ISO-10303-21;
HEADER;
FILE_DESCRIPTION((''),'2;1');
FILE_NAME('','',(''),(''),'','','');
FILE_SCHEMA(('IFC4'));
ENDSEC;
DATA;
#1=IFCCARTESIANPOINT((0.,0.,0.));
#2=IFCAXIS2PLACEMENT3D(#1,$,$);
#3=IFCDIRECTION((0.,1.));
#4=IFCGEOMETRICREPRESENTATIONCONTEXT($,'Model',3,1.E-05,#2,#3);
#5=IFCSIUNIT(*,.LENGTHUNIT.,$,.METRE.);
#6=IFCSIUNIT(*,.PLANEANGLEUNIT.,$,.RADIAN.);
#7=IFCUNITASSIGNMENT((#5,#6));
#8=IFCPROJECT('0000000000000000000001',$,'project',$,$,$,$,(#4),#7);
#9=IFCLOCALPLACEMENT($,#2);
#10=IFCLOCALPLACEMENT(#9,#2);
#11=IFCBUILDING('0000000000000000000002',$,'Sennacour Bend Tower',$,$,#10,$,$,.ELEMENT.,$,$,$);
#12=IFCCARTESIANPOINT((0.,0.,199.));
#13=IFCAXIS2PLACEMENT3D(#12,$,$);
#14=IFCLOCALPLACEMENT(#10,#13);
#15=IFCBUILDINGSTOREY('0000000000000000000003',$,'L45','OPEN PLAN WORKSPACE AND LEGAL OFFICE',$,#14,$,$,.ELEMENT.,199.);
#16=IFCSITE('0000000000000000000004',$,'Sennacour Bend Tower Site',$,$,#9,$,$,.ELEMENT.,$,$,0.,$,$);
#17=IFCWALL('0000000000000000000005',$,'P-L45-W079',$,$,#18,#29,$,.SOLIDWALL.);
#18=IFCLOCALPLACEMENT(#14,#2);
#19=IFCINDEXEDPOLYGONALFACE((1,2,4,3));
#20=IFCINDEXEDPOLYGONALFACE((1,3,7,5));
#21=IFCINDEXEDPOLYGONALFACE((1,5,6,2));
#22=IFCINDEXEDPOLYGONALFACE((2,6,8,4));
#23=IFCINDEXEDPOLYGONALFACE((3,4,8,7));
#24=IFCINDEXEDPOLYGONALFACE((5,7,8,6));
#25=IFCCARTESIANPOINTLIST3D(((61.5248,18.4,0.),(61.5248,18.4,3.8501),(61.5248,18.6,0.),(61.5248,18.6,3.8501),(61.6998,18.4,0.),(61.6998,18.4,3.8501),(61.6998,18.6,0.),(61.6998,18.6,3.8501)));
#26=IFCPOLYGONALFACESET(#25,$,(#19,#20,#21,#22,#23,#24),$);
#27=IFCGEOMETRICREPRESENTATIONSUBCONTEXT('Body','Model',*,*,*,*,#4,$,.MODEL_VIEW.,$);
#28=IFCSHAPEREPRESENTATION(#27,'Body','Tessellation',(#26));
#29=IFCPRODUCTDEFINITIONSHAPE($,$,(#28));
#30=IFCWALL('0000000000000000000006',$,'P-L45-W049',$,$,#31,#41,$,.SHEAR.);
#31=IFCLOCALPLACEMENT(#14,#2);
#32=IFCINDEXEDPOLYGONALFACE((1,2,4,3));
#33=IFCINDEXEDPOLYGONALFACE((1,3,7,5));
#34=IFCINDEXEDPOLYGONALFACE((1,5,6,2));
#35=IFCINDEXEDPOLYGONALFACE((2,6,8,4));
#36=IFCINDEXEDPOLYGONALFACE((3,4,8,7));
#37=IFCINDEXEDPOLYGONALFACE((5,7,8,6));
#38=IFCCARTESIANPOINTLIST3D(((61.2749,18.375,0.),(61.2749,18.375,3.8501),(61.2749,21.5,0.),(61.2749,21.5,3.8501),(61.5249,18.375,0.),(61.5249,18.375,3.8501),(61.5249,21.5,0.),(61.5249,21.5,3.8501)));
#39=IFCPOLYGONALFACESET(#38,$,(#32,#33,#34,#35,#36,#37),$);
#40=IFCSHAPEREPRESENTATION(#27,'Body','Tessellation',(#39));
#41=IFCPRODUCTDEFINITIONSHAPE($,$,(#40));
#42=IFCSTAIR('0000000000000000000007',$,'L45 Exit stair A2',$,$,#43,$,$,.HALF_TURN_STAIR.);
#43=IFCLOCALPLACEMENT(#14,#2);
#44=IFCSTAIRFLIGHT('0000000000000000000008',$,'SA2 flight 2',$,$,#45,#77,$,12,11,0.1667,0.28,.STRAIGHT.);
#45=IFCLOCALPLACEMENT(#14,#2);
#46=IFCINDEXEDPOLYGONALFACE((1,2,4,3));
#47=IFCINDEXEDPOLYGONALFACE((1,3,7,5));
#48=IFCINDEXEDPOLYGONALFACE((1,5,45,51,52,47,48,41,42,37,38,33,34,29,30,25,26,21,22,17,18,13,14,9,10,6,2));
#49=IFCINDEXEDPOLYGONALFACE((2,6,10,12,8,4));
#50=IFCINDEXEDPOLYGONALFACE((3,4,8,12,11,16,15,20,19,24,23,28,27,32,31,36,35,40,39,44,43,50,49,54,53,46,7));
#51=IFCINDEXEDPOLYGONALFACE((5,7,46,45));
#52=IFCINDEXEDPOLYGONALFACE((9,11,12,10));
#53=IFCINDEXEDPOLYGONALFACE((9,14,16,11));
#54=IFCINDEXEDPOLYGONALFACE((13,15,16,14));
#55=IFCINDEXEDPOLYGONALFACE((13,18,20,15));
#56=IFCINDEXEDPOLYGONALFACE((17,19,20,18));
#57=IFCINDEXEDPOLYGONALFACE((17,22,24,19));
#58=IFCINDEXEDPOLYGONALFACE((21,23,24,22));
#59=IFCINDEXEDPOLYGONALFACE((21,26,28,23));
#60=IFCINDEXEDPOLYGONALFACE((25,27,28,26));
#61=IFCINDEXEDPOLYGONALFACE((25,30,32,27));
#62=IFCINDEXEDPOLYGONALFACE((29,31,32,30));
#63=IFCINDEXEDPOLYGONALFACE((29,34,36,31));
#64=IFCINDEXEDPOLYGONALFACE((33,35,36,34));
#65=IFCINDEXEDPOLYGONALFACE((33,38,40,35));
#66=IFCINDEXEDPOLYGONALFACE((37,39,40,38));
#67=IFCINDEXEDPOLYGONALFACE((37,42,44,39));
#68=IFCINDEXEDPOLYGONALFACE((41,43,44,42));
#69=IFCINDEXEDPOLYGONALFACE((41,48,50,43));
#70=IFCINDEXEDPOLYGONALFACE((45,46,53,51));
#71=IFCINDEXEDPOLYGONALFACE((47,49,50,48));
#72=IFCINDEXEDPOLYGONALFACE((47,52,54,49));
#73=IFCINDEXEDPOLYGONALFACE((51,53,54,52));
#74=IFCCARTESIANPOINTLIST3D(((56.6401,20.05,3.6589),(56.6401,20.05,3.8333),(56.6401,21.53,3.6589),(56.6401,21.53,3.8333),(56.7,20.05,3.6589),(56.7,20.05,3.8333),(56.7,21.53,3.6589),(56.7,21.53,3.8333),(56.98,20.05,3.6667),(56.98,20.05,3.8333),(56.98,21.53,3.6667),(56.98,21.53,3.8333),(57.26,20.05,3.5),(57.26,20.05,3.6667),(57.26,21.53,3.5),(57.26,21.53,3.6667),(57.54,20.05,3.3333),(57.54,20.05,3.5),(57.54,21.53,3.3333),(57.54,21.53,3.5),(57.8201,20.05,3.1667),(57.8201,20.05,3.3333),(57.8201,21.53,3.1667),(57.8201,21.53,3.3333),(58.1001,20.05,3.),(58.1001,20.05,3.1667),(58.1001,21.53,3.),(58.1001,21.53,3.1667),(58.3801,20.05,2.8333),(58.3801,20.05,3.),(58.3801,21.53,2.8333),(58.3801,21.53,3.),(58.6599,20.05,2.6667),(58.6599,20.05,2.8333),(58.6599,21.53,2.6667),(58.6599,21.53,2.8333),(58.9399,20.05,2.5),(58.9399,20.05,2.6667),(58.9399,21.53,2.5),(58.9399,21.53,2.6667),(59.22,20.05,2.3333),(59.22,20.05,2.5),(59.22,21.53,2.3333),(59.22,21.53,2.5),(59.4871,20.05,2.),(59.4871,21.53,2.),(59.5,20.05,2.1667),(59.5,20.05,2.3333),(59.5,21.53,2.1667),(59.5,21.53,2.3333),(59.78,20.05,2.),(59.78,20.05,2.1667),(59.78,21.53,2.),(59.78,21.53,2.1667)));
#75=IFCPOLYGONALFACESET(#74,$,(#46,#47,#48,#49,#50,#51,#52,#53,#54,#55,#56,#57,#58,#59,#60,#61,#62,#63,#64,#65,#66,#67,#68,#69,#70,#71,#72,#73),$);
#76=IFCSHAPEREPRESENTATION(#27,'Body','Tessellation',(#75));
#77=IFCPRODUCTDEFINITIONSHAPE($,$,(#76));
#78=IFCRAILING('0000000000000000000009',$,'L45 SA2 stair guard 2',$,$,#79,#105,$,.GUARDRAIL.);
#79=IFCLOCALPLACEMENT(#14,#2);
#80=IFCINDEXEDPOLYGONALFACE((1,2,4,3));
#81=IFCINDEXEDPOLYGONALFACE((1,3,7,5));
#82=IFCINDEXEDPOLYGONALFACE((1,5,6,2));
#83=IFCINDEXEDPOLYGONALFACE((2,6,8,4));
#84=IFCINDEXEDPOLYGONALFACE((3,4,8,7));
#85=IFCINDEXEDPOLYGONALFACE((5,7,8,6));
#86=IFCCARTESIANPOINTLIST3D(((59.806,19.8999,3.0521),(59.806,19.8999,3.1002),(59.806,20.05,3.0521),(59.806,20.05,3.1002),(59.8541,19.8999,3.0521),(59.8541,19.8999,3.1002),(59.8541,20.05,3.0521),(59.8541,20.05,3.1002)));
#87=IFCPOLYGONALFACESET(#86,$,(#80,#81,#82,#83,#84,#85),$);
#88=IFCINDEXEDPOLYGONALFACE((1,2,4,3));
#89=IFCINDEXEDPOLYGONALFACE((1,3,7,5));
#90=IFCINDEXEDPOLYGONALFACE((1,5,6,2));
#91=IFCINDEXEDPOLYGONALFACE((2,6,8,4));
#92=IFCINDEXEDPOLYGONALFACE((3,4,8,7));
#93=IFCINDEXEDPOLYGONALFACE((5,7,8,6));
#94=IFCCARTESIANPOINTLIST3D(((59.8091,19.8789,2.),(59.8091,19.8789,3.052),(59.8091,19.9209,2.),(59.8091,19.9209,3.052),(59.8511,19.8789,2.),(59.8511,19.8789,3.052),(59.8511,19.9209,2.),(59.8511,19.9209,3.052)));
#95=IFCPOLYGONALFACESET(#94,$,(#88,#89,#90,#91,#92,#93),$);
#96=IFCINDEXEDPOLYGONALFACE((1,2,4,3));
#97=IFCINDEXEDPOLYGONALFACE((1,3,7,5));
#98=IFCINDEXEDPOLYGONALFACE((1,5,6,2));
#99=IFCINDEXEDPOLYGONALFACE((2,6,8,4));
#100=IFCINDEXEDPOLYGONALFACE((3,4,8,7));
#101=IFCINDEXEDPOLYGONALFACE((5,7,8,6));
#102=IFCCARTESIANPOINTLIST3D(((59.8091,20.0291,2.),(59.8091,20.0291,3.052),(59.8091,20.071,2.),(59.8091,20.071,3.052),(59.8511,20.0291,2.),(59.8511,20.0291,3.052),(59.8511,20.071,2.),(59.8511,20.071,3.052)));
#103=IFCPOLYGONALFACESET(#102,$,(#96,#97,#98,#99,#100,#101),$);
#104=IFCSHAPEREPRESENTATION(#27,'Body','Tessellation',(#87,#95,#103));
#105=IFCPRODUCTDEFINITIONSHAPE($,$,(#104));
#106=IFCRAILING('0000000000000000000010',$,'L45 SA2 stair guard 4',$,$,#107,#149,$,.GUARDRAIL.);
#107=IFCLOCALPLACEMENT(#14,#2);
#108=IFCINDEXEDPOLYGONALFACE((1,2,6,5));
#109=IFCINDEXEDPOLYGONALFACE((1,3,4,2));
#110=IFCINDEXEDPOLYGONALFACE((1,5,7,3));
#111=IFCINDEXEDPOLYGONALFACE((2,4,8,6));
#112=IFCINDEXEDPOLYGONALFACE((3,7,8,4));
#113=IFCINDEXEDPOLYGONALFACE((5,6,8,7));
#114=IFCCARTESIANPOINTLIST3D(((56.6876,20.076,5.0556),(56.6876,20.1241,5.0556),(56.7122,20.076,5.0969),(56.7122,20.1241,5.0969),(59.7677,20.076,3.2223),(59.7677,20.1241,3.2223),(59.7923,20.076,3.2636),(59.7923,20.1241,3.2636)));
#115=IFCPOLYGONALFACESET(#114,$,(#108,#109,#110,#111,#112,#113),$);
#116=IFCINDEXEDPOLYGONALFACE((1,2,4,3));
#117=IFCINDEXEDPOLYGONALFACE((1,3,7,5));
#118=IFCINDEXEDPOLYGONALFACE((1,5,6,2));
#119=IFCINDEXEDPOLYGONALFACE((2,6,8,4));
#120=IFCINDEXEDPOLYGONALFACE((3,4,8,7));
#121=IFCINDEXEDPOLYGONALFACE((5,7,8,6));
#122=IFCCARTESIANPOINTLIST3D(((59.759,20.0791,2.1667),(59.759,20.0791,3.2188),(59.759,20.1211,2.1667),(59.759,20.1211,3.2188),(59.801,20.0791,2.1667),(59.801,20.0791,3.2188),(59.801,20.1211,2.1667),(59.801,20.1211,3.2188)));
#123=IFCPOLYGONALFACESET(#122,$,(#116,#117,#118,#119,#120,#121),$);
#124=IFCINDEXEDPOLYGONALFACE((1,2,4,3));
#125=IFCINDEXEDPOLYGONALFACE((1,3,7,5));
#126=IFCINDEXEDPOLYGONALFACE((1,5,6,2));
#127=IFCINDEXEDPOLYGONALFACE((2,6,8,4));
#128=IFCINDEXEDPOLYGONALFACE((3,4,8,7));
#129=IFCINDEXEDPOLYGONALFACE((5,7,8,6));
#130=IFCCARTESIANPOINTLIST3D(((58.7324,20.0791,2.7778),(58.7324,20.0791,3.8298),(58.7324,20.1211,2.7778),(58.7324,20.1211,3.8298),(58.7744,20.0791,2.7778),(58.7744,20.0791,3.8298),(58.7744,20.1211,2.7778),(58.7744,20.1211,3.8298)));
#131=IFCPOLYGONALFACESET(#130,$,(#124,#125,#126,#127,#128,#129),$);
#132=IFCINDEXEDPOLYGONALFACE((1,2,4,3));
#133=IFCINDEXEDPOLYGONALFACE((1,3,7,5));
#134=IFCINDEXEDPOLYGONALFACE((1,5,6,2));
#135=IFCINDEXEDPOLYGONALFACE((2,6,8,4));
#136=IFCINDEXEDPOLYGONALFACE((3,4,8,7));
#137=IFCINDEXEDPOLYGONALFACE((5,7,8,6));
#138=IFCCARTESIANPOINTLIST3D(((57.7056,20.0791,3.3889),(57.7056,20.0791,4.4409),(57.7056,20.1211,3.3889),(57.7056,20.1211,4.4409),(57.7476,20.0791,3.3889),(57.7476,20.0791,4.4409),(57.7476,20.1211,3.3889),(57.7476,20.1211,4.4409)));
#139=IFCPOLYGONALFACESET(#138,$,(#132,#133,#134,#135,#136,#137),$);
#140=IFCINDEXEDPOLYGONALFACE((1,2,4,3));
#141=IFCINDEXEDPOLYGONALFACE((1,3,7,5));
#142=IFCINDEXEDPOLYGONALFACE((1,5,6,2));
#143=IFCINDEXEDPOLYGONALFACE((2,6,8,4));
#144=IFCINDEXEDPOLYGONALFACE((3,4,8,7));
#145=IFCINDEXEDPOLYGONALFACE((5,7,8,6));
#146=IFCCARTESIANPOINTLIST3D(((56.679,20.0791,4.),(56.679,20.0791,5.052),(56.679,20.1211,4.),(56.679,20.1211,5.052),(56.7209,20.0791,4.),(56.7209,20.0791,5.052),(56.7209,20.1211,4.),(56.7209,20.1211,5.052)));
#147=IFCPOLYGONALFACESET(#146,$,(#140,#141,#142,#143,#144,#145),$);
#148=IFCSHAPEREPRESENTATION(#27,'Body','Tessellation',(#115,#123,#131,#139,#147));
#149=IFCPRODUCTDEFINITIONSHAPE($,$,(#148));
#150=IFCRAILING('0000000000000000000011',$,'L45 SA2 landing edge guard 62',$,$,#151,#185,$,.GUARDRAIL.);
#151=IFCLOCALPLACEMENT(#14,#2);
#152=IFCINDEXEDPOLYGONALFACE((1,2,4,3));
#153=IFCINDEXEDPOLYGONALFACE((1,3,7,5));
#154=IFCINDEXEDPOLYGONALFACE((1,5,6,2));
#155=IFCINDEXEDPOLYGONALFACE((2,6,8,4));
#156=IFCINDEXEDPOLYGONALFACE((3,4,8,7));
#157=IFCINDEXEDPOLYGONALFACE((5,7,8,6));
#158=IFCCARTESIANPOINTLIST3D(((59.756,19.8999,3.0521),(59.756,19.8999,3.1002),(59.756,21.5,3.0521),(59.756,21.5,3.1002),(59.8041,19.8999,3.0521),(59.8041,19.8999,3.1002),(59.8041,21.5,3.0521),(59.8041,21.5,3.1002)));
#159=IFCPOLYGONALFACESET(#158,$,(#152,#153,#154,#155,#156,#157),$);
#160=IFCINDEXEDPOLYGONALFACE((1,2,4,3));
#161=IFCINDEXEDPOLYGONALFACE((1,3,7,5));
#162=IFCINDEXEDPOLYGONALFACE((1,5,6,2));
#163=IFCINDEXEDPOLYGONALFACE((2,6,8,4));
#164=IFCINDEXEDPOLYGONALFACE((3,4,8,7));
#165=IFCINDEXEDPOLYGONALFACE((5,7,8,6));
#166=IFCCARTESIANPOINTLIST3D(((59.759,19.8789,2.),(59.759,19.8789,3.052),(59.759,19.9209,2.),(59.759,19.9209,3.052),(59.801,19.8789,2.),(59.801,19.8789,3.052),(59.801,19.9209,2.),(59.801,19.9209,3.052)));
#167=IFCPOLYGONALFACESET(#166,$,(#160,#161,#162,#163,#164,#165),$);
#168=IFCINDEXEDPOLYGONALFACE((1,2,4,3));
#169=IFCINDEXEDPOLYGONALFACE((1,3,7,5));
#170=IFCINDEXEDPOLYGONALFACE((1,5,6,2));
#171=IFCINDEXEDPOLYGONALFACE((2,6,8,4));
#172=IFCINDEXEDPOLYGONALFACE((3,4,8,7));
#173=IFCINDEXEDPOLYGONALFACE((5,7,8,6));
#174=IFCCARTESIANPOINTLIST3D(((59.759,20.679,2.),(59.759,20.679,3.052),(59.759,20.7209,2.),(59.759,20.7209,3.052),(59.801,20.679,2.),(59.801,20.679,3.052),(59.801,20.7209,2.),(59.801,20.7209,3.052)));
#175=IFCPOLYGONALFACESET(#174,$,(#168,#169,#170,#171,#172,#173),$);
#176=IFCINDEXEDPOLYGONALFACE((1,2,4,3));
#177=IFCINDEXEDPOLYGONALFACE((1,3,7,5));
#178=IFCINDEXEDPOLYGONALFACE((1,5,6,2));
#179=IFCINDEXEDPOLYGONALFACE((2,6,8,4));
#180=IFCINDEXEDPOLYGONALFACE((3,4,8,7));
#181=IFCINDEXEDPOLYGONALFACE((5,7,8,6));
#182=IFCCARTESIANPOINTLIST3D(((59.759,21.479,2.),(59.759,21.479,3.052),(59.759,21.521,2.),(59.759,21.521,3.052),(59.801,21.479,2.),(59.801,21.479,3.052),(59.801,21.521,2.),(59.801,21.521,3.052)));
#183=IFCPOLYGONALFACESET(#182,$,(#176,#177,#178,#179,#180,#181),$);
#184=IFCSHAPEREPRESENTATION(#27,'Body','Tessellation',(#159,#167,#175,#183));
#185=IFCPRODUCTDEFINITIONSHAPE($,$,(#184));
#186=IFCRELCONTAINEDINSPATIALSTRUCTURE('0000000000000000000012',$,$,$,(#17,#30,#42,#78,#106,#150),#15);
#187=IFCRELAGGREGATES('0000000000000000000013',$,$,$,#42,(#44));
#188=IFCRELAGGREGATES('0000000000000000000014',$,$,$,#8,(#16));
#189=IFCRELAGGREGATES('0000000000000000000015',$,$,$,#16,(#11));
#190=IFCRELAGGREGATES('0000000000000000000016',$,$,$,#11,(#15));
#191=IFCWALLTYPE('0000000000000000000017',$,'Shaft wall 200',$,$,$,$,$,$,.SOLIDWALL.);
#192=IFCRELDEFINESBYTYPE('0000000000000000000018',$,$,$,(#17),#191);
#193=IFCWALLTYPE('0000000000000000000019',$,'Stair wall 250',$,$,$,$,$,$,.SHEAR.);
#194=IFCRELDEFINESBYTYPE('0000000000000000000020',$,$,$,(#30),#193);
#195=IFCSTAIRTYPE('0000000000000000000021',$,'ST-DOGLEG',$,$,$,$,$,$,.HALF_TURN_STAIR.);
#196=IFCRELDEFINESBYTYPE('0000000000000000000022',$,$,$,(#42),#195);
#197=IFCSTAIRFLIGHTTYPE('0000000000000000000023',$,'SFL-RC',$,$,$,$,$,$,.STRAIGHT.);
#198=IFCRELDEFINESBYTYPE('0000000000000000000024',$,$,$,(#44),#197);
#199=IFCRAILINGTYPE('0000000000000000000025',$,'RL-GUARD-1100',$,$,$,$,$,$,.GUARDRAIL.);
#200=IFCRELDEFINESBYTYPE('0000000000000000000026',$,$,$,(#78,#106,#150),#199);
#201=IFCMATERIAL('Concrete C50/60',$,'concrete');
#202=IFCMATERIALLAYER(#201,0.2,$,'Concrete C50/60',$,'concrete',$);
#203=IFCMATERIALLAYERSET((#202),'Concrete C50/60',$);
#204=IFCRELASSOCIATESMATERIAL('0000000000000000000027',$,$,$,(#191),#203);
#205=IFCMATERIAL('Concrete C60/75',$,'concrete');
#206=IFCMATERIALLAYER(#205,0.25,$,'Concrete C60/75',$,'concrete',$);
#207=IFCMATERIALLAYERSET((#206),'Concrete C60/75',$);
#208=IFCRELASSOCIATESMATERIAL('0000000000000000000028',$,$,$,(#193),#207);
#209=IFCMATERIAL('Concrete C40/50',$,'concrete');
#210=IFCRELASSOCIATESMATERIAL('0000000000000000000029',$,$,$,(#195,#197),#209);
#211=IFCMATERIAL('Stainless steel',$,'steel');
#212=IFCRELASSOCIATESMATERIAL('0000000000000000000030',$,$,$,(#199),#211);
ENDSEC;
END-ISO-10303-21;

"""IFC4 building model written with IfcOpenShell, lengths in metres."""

from ifc_helpers import new_model, si_unit, direction, frame, frame_2d, origin, origin_2d, place, context, subcontext, project, spatial, polyline, rectangle, outline, extrude, material, layer, layer_set, type_object, element, aggregate, save


model = new_model("IFC4")

# Units and contexts
model_context = context("Model", 3, precision=1e-05, world=origin(), true_north=direction((0.0, 1.0)))
body_context = subcontext(model_context, "Body", "Model", "MODEL_VIEW")
ifc_project = project(units=[si_unit("LENGTHUNIT", "METRE"), si_unit("PLANEANGLEUNIT", "RADIAN")], contexts=[model_context])

# Site, building, storey
site_placement = place(None, origin())
site = spatial("IfcSite", under=ifc_project, at=site_placement, Name="Sennacour Bend Tower Site", CompositionType="ELEMENT", RefElevation=0.0)
building_placement = place(site_placement, origin())
building = spatial("IfcBuilding", under=site, at=building_placement, Name="Sennacour Bend Tower", CompositionType="ELEMENT")
storey_placement = place(building_placement, frame((0.0, 0.0, 199.0)))
storey = spatial("IfcBuildingStorey", under=building, at=storey_placement, Name="L45", Description="OPEN PLAN WORKSPACE AND LEGAL OFFICE", CompositionType="ELEMENT", Elevation=199.0)

# Shared definitions
ifc_material_1 = material(Name="Concrete C50/60", Category="concrete")
ifc_layer_1 = layer(ifc_material_1, 0.2, Name="Concrete C50/60", Category="concrete")
ifc_layer_set_1 = layer_set([ifc_layer_1], Name="Concrete C50/60")
wall_type_1 = type_object("IfcWallType", Name="Shaft wall 200", PredefinedType="SOLIDWALL", material=ifc_layer_set_1)

# Shared definitions
ifc_material_2 = material(Name="Stainless steel", Category="steel")

# Walls
wall_1_placement = place(storey_placement, frame((61.5249, 18.5, 0.0), z_axis=(0.0, 0.0, 1.0), x_axis=(1.0, 0.0, 0.0)))
element("IfcWall", 1, at=wall_1_placement, inside=storey, type_object=wall_type_1, Name="P-L45-W079", PredefinedType="SOLIDWALL", context=body_context, shape_type="SweptSolid", body=[
    extrude(rectangle(XDim=0.175, YDim=0.2, at=frame_2d((0.0874, 0.0))), origin(), (0.0, 0.0, 1.0), 3.8501),
])
ifc_material_3 = material(Name="Concrete C60/75", Category="concrete")
ifc_layer_2 = layer(ifc_material_3, 0.25, Name="Concrete C60/75", Category="concrete")
ifc_layer_set_2 = layer_set([ifc_layer_2], Name="Concrete C60/75")
wall_type_2 = type_object("IfcWallType", Name="Stair wall 250", PredefinedType="SHEAR", material=ifc_layer_set_2)
wall_2_placement = place(storey_placement, frame((61.3999, 18.375, 0.0), z_axis=(0.0, 0.0, 1.0), x_axis=(0.0, 1.0, 0.0)))
element("IfcWall", 2, at=wall_2_placement, inside=storey, type_object=wall_type_2, Name="P-L45-W049", PredefinedType="SHEAR", context=body_context, shape_type="SweptSolid", body=[
    extrude(rectangle(XDim=3.125, YDim=0.25, at=frame_2d((1.5625, 0.0))), origin(), (0.0, 0.0, 1.0), 3.8501),
])

# Stair, stair flight
ifc_material_4 = material(Name="Concrete C40/50", Category="concrete")
stair_type = type_object("IfcStairType", Name="ST-DOGLEG", PredefinedType="HALF_TURN_STAIR", material=ifc_material_4)
stair_placement = place(storey_placement, origin())
stair = element("IfcStair", 3, at=stair_placement, inside=storey, type_object=stair_type, Name="L45 Exit stair A2", PredefinedType="HALF_TURN_STAIR")
stair_flight_type = type_object("IfcStairFlightType", Name="SFL-RC", PredefinedType="STRAIGHT", material=ifc_material_4)
stair_flight_placement = place(storey_placement, frame((59.78, 20.79, 2.0), z_axis=(0.0, 0.0, 1.0), x_axis=(-1.0, 0.0, 0.0)))
stair_flight = element("IfcStairFlight", 4, at=stair_flight_placement, type_object=stair_flight_type, Name="SA2 flight 2", NumberOfRisers=12, NumberOfTreads=11, PredefinedType="STRAIGHT", RiserHeight=0.1667, TreadLength=0.28, context=body_context, shape_type="SweptSolid", body=[
    extrude(outline(polyline([(0.0, 0.0), (0.0, 0.1667), (0.28, 0.1667), (0.28, 0.3333), (0.5601, 0.3333), (0.5601, 0.5), (0.8401, 0.5), (0.8401, 0.6667), (1.1201, 0.6667), (1.1201, 0.8333), (1.3999, 0.8333), (1.3999, 1.0), (1.6799, 1.0), (1.6799, 1.1667), (1.96, 1.1667), (1.96, 1.3333), (2.24, 1.3333), (2.24, 1.5), (2.52, 1.5), (2.52, 1.6667), (2.8, 1.6667), (2.8, 1.8333), (3.0801, 1.8333), (3.1399, 1.8333), (3.1399, 1.6589), (3.0801, 1.6589), (0.293, 0.0), (0.0, 0.0)])), frame((0.0, 0.74, 0.0), z_axis=(0.0, -1.0, 0.0), x_axis=(1.0, 0.0, 0.0)), (0.0, 0.0, 1.0), 1.48),
])
aggregate(stair, [stair_flight])

# Railings
railing_type_1 = type_object("IfcRailingType", Name="RL-GUARD-1100", PredefinedType="GUARDRAIL", material=ifc_material_2)
railing_1_placement = place(storey_placement, frame((59.8301, 19.8999, 2.0)))
element("IfcRailing", 5, at=railing_1_placement, inside=storey, type_object=railing_type_1, Name="L45 SA2 stair guard 2", PredefinedType="GUARDRAIL", context=body_context, shape_type="SweptSolid", body=[
    extrude(rectangle(XDim=0.0481, YDim=0.0481, at=origin_2d()), frame((0.0, 0.0, 1.0762), z_axis=(0.0, 1.0, 0.0), x_axis=(-1.0, 0.0, 0.0)), (0.0, 0.0, 1.0), 0.1501),
    extrude(rectangle(XDim=0.042, YDim=0.042, at=origin_2d()), origin(), (0.0, 0.0, 1.0), 1.052),
    extrude(rectangle(XDim=0.042, YDim=0.042, at=origin_2d()), frame((0.0, 0.1501, 0.0)), (0.0, 0.0, 1.0), 1.052),
])
railing_2_placement = place(storey_placement, frame((59.78, 20.1001, 2.1667)))
element("IfcRailing", 6, at=railing_2_placement, inside=storey, type_object=railing_type_1, Name="L45 SA2 stair guard 4", PredefinedType="GUARDRAIL", context=body_context, shape_type="SweptSolid", body=[
    extrude(rectangle(XDim=0.0481, YDim=0.0481, at=origin_2d()), frame((0.0, 0.0, 1.0762), z_axis=(-0.859309, 0.0, 0.511458), x_axis=(0.0, -1.0, 0.0)), (0.0, 0.0, 1.0), 3.5845),
    extrude(rectangle(XDim=0.042, YDim=0.042, at=origin_2d()), origin(), (0.0, 0.0, 1.0), 1.052),
    extrude(rectangle(XDim=0.042, YDim=0.042, at=origin_2d()), frame((-1.0266, 0.0, 0.6111)), (0.0, 0.0, 1.0), 1.052),
    extrude(rectangle(XDim=0.042, YDim=0.042, at=origin_2d()), frame((-2.0535, 0.0, 1.2222)), (0.0, 0.0, 1.0), 1.052),
    extrude(rectangle(XDim=0.042, YDim=0.042, at=origin_2d()), frame((-3.0801, 0.0, 1.8333)), (0.0, 0.0, 1.0), 1.052),
])
railing_3_placement = place(storey_placement, frame((59.78, 19.8999, 2.0)))
element("IfcRailing", 7, at=railing_3_placement, inside=storey, type_object=railing_type_1, Name="L45 SA2 landing edge guard 62", PredefinedType="GUARDRAIL", context=body_context, shape_type="SweptSolid", body=[
    extrude(rectangle(XDim=0.0481, YDim=0.0481, at=origin_2d()), frame((0.0, 0.0, 1.0762), z_axis=(0.0, 1.0, 0.0), x_axis=(-1.0, 0.0, 0.0)), (0.0, 0.0, 1.0), 1.6001),
    extrude(rectangle(XDim=0.042, YDim=0.042, at=origin_2d()), origin(), (0.0, 0.0, 1.0), 1.052),
    extrude(rectangle(XDim=0.042, YDim=0.042, at=origin_2d()), frame((0.0, 0.8, 0.0)), (0.0, 0.0, 1.0), 1.052),
    extrude(rectangle(XDim=0.042, YDim=0.042, at=origin_2d()), frame((0.0, 1.6001, 0.0)), (0.0, 0.0, 1.0), 1.052),
])

save(model, "model.ifc")
